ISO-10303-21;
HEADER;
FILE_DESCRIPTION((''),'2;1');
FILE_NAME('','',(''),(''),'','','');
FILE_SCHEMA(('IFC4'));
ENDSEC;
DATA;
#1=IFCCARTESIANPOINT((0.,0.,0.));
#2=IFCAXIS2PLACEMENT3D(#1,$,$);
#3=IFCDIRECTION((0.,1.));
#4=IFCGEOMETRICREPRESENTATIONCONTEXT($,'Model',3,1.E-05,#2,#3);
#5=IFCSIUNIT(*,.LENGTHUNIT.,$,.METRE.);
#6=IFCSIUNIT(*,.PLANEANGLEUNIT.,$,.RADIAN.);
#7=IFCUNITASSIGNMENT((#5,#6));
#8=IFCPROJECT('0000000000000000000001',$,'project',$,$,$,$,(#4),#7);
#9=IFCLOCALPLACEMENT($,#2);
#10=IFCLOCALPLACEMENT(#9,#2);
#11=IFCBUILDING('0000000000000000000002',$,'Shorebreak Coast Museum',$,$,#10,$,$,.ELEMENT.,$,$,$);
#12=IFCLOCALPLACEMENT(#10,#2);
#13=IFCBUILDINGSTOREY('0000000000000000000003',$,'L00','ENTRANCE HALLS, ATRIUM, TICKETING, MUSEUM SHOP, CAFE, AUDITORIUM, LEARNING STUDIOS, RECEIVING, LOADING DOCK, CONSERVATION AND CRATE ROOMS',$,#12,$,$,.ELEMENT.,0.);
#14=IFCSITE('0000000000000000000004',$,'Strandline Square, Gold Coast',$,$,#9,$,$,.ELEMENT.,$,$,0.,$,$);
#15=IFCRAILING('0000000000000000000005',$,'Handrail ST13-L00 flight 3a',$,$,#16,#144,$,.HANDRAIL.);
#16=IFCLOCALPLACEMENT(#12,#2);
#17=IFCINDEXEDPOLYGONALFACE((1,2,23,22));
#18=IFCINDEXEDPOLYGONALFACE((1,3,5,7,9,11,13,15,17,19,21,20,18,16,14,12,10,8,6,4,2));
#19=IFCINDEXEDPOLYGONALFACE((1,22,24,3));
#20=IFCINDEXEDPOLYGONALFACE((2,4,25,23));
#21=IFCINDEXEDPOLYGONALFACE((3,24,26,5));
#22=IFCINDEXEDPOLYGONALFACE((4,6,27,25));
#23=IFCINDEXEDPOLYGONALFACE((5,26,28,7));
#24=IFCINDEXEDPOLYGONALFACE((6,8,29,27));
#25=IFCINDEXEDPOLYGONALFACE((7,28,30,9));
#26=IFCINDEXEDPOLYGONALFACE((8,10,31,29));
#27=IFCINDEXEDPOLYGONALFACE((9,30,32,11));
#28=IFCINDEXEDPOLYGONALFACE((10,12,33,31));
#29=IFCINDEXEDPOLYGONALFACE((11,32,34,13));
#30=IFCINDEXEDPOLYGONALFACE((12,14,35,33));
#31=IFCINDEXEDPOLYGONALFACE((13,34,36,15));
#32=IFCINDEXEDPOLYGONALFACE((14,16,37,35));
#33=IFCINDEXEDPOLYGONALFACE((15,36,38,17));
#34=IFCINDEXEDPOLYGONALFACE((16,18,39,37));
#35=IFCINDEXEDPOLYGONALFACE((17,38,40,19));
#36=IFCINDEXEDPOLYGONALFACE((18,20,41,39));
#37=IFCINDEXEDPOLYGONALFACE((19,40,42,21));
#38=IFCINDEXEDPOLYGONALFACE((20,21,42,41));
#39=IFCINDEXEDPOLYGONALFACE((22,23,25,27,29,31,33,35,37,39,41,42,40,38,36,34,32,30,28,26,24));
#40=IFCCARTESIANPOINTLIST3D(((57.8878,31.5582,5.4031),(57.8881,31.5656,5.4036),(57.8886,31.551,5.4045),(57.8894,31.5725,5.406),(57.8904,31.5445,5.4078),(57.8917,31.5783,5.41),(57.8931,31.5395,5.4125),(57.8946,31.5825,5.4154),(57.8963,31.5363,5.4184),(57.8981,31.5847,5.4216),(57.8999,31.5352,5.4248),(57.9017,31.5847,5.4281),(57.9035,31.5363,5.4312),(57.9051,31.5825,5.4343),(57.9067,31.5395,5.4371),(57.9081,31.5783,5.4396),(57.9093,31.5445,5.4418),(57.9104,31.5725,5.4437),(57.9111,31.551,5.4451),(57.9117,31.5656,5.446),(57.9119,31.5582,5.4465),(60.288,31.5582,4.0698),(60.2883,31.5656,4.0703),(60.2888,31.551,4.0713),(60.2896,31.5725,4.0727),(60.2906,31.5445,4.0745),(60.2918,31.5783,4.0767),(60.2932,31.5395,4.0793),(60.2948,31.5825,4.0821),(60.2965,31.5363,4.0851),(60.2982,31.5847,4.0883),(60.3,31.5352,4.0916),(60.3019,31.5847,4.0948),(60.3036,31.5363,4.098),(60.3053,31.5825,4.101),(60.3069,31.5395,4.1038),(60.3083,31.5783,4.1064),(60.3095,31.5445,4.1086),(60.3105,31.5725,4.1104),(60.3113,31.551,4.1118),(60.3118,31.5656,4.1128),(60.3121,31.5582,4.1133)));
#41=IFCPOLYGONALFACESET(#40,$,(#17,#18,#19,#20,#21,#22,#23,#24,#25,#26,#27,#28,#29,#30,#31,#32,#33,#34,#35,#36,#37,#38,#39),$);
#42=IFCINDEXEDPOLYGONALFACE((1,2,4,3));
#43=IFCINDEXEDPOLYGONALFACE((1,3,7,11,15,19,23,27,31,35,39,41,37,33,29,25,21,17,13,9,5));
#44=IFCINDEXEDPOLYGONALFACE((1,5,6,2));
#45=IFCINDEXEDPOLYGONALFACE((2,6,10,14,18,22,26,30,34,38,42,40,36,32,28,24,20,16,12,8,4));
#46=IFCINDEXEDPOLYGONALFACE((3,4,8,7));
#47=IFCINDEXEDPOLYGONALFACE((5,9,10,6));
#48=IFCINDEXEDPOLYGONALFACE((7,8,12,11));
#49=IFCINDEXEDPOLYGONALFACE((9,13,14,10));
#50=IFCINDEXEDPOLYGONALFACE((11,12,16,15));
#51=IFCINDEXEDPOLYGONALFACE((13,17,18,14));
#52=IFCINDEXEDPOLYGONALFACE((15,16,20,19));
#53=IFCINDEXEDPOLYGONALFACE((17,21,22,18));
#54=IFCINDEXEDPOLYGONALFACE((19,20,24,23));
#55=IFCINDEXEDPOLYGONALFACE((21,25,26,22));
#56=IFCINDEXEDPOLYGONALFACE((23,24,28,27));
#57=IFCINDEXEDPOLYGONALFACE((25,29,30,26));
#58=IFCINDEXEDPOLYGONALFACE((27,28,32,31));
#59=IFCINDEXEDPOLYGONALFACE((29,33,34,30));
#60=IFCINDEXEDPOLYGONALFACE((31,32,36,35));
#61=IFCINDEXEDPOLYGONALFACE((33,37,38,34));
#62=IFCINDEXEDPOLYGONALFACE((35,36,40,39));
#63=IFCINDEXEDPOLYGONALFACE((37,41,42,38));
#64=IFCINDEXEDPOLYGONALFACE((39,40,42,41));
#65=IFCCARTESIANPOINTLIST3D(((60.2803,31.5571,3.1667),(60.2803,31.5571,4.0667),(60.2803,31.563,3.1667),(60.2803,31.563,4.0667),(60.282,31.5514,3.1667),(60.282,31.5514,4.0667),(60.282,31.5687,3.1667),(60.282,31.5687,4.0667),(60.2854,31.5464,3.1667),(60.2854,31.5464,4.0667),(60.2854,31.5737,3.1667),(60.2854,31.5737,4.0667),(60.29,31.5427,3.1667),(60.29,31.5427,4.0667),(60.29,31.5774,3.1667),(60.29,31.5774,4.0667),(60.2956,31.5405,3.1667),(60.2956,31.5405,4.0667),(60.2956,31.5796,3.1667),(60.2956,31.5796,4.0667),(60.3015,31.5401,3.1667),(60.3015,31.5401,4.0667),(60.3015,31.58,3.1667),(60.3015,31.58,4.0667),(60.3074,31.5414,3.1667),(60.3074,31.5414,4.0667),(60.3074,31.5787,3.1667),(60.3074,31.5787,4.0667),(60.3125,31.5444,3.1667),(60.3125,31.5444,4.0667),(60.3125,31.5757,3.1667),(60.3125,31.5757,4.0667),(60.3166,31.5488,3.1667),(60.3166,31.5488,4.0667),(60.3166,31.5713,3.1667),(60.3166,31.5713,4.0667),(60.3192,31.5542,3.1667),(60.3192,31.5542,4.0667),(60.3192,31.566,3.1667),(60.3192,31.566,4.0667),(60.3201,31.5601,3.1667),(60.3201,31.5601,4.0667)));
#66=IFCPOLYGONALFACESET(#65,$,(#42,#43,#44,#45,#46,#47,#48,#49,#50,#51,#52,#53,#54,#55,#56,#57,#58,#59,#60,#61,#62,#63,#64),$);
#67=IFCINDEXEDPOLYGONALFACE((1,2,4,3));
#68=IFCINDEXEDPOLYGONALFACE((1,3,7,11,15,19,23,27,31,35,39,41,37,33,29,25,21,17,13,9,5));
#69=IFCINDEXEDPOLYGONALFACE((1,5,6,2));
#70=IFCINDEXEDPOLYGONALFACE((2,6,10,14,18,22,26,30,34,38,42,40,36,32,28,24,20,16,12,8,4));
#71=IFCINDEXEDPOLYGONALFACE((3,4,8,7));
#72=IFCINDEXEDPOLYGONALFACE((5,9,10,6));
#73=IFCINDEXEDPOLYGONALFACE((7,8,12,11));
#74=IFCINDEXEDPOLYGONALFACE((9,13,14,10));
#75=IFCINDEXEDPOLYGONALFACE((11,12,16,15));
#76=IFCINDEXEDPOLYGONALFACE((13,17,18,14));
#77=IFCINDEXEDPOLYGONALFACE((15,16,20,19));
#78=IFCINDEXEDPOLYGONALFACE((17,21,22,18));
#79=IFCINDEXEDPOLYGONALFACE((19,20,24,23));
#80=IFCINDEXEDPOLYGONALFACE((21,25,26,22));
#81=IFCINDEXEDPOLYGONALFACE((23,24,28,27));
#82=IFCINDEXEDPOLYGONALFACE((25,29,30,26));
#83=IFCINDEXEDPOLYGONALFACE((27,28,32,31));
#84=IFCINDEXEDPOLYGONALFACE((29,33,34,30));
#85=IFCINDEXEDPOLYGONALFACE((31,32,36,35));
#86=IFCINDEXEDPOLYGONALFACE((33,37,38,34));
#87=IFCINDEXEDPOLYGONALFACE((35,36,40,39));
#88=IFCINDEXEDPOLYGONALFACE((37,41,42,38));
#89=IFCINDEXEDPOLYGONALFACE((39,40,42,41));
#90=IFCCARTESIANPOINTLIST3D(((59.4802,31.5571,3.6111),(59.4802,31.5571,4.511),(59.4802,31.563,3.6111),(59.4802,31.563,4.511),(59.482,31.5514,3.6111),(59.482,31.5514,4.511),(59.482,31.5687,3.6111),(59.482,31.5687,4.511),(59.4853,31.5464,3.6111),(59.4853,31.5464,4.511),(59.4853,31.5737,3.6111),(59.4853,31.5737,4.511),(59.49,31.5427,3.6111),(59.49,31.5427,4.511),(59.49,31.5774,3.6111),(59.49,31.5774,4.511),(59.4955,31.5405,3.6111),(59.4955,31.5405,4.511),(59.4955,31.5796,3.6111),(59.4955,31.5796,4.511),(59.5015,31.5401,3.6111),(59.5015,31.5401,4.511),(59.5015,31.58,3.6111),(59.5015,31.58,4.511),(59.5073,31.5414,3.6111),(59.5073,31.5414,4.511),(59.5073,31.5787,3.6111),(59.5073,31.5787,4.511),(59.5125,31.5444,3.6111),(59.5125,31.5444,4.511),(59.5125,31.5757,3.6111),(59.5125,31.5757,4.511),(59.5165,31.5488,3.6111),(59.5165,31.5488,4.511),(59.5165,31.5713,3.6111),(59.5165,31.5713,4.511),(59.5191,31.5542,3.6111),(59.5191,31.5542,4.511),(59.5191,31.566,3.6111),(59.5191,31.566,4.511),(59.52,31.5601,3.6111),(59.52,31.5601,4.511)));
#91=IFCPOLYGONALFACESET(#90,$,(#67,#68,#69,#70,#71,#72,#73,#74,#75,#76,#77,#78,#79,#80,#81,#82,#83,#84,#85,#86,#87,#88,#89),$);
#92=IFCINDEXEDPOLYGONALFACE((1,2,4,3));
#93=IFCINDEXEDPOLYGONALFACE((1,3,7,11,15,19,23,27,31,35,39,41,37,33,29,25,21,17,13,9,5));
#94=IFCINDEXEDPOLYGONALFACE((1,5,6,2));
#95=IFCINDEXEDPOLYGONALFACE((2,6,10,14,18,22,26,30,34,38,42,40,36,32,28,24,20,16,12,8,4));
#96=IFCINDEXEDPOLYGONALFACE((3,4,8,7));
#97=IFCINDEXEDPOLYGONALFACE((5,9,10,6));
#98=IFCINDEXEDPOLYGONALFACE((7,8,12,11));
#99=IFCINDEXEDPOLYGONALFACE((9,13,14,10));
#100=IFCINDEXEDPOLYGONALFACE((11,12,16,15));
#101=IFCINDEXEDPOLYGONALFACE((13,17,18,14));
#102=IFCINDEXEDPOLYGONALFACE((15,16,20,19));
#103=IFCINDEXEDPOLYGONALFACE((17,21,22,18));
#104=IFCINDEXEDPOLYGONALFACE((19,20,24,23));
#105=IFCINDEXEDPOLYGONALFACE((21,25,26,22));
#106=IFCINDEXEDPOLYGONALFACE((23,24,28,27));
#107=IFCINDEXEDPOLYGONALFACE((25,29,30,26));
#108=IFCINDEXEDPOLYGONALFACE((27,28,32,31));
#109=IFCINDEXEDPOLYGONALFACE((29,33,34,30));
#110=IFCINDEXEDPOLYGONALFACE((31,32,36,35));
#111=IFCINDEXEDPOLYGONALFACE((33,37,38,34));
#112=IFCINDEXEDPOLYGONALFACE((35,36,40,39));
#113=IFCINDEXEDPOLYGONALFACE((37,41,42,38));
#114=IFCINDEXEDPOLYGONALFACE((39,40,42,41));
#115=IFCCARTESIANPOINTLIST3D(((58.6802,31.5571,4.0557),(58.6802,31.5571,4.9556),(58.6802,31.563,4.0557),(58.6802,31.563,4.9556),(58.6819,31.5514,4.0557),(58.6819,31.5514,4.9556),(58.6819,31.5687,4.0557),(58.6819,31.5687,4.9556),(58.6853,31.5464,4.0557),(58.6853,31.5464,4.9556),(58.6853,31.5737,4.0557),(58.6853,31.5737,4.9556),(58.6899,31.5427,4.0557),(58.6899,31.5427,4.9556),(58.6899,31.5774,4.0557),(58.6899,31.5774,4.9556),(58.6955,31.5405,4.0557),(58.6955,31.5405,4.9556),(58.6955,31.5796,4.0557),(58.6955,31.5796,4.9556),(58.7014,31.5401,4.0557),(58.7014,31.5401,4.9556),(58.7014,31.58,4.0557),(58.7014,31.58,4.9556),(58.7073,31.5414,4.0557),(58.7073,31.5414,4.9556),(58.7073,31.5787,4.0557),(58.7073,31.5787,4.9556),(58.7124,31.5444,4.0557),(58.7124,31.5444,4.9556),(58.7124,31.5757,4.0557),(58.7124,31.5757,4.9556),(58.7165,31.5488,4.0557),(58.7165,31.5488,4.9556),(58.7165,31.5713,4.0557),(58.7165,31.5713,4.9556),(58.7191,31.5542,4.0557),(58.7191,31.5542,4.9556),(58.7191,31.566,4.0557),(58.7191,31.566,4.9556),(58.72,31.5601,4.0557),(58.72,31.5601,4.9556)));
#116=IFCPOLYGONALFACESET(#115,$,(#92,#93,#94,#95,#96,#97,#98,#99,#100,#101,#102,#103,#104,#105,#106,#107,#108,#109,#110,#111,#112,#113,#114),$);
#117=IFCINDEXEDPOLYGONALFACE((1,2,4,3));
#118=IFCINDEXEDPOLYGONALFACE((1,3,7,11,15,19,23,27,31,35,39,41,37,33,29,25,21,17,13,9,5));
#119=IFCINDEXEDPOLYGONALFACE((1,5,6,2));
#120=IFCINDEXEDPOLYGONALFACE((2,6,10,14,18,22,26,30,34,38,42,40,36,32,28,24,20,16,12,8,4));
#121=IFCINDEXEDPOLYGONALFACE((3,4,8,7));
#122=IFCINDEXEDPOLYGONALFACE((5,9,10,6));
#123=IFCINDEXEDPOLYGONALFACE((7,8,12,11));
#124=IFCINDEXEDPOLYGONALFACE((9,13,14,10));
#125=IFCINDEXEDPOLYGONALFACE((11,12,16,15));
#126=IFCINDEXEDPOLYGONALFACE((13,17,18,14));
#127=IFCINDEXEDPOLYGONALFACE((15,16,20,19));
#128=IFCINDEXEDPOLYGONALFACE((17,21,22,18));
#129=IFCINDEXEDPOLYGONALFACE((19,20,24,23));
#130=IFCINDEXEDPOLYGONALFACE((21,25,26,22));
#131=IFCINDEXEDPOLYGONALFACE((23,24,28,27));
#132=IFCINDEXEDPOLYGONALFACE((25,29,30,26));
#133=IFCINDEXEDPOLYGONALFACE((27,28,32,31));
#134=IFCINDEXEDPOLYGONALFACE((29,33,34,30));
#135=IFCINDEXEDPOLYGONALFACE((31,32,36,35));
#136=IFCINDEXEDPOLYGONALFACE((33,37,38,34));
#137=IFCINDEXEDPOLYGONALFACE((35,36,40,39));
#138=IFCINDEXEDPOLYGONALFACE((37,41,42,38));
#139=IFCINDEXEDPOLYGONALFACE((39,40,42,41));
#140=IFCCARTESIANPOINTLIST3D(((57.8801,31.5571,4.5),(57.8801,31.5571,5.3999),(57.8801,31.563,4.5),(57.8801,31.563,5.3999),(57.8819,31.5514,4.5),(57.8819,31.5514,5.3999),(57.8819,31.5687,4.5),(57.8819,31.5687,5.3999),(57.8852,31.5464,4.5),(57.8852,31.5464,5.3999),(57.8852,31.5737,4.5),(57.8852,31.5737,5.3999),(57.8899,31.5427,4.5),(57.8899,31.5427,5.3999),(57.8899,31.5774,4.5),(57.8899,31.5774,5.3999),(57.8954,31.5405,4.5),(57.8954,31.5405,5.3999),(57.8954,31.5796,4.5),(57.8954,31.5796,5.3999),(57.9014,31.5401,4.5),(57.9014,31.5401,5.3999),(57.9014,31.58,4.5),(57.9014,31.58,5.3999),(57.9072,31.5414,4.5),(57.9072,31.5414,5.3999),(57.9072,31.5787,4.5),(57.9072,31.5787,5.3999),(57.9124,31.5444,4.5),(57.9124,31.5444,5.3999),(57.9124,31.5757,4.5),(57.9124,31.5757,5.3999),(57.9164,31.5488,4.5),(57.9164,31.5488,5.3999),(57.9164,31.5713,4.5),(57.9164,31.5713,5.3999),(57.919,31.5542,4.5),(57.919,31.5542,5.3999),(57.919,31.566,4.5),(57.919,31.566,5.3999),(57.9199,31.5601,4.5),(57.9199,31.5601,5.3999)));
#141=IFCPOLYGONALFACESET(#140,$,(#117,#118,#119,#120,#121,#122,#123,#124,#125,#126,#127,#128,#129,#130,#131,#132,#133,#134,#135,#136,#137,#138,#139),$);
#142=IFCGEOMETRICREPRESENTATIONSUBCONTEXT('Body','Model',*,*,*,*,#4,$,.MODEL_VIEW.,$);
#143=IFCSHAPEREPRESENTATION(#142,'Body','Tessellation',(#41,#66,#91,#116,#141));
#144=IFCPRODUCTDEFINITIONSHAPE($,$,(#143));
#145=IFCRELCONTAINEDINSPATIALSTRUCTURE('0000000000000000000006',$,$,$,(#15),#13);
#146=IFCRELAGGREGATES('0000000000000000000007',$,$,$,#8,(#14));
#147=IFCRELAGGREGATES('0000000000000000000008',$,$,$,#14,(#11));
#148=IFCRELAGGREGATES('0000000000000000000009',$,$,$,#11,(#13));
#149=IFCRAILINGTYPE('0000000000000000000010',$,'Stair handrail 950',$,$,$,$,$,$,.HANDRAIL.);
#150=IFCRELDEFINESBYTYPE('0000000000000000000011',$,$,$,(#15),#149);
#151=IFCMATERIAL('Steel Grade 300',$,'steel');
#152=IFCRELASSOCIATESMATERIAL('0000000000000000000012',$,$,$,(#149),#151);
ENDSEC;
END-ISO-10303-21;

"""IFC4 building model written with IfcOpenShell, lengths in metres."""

from ifc_helpers import new_model, si_unit, direction, frame, origin, origin_2d, place, context, subcontext, project, spatial, circle, extrude, material, type_object, element, save


model = new_model("IFC4")

# Units and contexts
model_context = context("Model", 3, precision=1e-05, world=origin(), true_north=direction((0.0, 1.0)))
body_context = subcontext(model_context, "Body", "Model", "MODEL_VIEW")
ifc_project = project(units=[si_unit("LENGTHUNIT", "METRE"), si_unit("PLANEANGLEUNIT", "RADIAN")], contexts=[model_context])

# Site, building, storey
site_placement = place(None, origin())
site = spatial("IfcSite", under=ifc_project, at=site_placement, Name="Strandline Square, Gold Coast", CompositionType="ELEMENT", RefElevation=0.0)
building_placement = place(site_placement, origin())
building = spatial("IfcBuilding", under=site, at=building_placement, Name="Shorebreak Coast Museum", CompositionType="ELEMENT")
storey_placement = place(building_placement, origin())
storey = spatial("IfcBuildingStorey", under=building, at=storey_placement, Name="L00", Description="ENTRANCE HALLS, ATRIUM, TICKETING, MUSEUM SHOP, CAFE, AUDITORIUM, LEARNING STUDIOS, RECEIVING, LOADING DOCK, CONSERVATION AND CRATE ROOMS", CompositionType="ELEMENT", Elevation=0.0)

# Railing
ifc_material_1 = material(Name="Steel Grade 300", Category="steel")
railing_type_1 = type_object("IfcRailingType", Name="Stair handrail 950", PredefinedType="HANDRAIL", material=ifc_material_1)
for number, where, name in (
    (1, (60.3, 31.5601, 3.1667), "Handrail ST13-L00 flight 3a"),
):
    element("IfcRailing", number, at=place(storey_placement, frame(where)), inside=storey, type_object=railing_type_1, Name=name, PredefinedType="HANDRAIL", context=body_context, shape_type="SweptSolid", body=[
        extrude(circle(Radius=0.0249, at=origin_2d()), frame((0.0, 0.0, 0.9248), z_axis=(-0.874182, 0.0, 0.485598), x_axis=(0.0, -1.0, 0.0)), (0.0, 0.0, 1.0), 2.7456),
        extrude(circle(Radius=0.02, at=origin_2d()), origin(), (0.0, 0.0, 1.0), 0.8999),
        extrude(circle(Radius=0.02, at=origin_2d()), frame((-0.8, 0.0, 0.4443)), (0.0, 0.0, 1.0), 0.8999),
        extrude(circle(Radius=0.02, at=origin_2d()), frame((-1.6001, 0.0, 0.8889)), (0.0, 0.0, 1.0), 0.8999),
        extrude(circle(Radius=0.02, at=origin_2d()), frame((-2.4001, 0.0, 1.3333)), (0.0, 0.0, 1.0), 0.8999),
    ])

save(model, "model.ifc")
